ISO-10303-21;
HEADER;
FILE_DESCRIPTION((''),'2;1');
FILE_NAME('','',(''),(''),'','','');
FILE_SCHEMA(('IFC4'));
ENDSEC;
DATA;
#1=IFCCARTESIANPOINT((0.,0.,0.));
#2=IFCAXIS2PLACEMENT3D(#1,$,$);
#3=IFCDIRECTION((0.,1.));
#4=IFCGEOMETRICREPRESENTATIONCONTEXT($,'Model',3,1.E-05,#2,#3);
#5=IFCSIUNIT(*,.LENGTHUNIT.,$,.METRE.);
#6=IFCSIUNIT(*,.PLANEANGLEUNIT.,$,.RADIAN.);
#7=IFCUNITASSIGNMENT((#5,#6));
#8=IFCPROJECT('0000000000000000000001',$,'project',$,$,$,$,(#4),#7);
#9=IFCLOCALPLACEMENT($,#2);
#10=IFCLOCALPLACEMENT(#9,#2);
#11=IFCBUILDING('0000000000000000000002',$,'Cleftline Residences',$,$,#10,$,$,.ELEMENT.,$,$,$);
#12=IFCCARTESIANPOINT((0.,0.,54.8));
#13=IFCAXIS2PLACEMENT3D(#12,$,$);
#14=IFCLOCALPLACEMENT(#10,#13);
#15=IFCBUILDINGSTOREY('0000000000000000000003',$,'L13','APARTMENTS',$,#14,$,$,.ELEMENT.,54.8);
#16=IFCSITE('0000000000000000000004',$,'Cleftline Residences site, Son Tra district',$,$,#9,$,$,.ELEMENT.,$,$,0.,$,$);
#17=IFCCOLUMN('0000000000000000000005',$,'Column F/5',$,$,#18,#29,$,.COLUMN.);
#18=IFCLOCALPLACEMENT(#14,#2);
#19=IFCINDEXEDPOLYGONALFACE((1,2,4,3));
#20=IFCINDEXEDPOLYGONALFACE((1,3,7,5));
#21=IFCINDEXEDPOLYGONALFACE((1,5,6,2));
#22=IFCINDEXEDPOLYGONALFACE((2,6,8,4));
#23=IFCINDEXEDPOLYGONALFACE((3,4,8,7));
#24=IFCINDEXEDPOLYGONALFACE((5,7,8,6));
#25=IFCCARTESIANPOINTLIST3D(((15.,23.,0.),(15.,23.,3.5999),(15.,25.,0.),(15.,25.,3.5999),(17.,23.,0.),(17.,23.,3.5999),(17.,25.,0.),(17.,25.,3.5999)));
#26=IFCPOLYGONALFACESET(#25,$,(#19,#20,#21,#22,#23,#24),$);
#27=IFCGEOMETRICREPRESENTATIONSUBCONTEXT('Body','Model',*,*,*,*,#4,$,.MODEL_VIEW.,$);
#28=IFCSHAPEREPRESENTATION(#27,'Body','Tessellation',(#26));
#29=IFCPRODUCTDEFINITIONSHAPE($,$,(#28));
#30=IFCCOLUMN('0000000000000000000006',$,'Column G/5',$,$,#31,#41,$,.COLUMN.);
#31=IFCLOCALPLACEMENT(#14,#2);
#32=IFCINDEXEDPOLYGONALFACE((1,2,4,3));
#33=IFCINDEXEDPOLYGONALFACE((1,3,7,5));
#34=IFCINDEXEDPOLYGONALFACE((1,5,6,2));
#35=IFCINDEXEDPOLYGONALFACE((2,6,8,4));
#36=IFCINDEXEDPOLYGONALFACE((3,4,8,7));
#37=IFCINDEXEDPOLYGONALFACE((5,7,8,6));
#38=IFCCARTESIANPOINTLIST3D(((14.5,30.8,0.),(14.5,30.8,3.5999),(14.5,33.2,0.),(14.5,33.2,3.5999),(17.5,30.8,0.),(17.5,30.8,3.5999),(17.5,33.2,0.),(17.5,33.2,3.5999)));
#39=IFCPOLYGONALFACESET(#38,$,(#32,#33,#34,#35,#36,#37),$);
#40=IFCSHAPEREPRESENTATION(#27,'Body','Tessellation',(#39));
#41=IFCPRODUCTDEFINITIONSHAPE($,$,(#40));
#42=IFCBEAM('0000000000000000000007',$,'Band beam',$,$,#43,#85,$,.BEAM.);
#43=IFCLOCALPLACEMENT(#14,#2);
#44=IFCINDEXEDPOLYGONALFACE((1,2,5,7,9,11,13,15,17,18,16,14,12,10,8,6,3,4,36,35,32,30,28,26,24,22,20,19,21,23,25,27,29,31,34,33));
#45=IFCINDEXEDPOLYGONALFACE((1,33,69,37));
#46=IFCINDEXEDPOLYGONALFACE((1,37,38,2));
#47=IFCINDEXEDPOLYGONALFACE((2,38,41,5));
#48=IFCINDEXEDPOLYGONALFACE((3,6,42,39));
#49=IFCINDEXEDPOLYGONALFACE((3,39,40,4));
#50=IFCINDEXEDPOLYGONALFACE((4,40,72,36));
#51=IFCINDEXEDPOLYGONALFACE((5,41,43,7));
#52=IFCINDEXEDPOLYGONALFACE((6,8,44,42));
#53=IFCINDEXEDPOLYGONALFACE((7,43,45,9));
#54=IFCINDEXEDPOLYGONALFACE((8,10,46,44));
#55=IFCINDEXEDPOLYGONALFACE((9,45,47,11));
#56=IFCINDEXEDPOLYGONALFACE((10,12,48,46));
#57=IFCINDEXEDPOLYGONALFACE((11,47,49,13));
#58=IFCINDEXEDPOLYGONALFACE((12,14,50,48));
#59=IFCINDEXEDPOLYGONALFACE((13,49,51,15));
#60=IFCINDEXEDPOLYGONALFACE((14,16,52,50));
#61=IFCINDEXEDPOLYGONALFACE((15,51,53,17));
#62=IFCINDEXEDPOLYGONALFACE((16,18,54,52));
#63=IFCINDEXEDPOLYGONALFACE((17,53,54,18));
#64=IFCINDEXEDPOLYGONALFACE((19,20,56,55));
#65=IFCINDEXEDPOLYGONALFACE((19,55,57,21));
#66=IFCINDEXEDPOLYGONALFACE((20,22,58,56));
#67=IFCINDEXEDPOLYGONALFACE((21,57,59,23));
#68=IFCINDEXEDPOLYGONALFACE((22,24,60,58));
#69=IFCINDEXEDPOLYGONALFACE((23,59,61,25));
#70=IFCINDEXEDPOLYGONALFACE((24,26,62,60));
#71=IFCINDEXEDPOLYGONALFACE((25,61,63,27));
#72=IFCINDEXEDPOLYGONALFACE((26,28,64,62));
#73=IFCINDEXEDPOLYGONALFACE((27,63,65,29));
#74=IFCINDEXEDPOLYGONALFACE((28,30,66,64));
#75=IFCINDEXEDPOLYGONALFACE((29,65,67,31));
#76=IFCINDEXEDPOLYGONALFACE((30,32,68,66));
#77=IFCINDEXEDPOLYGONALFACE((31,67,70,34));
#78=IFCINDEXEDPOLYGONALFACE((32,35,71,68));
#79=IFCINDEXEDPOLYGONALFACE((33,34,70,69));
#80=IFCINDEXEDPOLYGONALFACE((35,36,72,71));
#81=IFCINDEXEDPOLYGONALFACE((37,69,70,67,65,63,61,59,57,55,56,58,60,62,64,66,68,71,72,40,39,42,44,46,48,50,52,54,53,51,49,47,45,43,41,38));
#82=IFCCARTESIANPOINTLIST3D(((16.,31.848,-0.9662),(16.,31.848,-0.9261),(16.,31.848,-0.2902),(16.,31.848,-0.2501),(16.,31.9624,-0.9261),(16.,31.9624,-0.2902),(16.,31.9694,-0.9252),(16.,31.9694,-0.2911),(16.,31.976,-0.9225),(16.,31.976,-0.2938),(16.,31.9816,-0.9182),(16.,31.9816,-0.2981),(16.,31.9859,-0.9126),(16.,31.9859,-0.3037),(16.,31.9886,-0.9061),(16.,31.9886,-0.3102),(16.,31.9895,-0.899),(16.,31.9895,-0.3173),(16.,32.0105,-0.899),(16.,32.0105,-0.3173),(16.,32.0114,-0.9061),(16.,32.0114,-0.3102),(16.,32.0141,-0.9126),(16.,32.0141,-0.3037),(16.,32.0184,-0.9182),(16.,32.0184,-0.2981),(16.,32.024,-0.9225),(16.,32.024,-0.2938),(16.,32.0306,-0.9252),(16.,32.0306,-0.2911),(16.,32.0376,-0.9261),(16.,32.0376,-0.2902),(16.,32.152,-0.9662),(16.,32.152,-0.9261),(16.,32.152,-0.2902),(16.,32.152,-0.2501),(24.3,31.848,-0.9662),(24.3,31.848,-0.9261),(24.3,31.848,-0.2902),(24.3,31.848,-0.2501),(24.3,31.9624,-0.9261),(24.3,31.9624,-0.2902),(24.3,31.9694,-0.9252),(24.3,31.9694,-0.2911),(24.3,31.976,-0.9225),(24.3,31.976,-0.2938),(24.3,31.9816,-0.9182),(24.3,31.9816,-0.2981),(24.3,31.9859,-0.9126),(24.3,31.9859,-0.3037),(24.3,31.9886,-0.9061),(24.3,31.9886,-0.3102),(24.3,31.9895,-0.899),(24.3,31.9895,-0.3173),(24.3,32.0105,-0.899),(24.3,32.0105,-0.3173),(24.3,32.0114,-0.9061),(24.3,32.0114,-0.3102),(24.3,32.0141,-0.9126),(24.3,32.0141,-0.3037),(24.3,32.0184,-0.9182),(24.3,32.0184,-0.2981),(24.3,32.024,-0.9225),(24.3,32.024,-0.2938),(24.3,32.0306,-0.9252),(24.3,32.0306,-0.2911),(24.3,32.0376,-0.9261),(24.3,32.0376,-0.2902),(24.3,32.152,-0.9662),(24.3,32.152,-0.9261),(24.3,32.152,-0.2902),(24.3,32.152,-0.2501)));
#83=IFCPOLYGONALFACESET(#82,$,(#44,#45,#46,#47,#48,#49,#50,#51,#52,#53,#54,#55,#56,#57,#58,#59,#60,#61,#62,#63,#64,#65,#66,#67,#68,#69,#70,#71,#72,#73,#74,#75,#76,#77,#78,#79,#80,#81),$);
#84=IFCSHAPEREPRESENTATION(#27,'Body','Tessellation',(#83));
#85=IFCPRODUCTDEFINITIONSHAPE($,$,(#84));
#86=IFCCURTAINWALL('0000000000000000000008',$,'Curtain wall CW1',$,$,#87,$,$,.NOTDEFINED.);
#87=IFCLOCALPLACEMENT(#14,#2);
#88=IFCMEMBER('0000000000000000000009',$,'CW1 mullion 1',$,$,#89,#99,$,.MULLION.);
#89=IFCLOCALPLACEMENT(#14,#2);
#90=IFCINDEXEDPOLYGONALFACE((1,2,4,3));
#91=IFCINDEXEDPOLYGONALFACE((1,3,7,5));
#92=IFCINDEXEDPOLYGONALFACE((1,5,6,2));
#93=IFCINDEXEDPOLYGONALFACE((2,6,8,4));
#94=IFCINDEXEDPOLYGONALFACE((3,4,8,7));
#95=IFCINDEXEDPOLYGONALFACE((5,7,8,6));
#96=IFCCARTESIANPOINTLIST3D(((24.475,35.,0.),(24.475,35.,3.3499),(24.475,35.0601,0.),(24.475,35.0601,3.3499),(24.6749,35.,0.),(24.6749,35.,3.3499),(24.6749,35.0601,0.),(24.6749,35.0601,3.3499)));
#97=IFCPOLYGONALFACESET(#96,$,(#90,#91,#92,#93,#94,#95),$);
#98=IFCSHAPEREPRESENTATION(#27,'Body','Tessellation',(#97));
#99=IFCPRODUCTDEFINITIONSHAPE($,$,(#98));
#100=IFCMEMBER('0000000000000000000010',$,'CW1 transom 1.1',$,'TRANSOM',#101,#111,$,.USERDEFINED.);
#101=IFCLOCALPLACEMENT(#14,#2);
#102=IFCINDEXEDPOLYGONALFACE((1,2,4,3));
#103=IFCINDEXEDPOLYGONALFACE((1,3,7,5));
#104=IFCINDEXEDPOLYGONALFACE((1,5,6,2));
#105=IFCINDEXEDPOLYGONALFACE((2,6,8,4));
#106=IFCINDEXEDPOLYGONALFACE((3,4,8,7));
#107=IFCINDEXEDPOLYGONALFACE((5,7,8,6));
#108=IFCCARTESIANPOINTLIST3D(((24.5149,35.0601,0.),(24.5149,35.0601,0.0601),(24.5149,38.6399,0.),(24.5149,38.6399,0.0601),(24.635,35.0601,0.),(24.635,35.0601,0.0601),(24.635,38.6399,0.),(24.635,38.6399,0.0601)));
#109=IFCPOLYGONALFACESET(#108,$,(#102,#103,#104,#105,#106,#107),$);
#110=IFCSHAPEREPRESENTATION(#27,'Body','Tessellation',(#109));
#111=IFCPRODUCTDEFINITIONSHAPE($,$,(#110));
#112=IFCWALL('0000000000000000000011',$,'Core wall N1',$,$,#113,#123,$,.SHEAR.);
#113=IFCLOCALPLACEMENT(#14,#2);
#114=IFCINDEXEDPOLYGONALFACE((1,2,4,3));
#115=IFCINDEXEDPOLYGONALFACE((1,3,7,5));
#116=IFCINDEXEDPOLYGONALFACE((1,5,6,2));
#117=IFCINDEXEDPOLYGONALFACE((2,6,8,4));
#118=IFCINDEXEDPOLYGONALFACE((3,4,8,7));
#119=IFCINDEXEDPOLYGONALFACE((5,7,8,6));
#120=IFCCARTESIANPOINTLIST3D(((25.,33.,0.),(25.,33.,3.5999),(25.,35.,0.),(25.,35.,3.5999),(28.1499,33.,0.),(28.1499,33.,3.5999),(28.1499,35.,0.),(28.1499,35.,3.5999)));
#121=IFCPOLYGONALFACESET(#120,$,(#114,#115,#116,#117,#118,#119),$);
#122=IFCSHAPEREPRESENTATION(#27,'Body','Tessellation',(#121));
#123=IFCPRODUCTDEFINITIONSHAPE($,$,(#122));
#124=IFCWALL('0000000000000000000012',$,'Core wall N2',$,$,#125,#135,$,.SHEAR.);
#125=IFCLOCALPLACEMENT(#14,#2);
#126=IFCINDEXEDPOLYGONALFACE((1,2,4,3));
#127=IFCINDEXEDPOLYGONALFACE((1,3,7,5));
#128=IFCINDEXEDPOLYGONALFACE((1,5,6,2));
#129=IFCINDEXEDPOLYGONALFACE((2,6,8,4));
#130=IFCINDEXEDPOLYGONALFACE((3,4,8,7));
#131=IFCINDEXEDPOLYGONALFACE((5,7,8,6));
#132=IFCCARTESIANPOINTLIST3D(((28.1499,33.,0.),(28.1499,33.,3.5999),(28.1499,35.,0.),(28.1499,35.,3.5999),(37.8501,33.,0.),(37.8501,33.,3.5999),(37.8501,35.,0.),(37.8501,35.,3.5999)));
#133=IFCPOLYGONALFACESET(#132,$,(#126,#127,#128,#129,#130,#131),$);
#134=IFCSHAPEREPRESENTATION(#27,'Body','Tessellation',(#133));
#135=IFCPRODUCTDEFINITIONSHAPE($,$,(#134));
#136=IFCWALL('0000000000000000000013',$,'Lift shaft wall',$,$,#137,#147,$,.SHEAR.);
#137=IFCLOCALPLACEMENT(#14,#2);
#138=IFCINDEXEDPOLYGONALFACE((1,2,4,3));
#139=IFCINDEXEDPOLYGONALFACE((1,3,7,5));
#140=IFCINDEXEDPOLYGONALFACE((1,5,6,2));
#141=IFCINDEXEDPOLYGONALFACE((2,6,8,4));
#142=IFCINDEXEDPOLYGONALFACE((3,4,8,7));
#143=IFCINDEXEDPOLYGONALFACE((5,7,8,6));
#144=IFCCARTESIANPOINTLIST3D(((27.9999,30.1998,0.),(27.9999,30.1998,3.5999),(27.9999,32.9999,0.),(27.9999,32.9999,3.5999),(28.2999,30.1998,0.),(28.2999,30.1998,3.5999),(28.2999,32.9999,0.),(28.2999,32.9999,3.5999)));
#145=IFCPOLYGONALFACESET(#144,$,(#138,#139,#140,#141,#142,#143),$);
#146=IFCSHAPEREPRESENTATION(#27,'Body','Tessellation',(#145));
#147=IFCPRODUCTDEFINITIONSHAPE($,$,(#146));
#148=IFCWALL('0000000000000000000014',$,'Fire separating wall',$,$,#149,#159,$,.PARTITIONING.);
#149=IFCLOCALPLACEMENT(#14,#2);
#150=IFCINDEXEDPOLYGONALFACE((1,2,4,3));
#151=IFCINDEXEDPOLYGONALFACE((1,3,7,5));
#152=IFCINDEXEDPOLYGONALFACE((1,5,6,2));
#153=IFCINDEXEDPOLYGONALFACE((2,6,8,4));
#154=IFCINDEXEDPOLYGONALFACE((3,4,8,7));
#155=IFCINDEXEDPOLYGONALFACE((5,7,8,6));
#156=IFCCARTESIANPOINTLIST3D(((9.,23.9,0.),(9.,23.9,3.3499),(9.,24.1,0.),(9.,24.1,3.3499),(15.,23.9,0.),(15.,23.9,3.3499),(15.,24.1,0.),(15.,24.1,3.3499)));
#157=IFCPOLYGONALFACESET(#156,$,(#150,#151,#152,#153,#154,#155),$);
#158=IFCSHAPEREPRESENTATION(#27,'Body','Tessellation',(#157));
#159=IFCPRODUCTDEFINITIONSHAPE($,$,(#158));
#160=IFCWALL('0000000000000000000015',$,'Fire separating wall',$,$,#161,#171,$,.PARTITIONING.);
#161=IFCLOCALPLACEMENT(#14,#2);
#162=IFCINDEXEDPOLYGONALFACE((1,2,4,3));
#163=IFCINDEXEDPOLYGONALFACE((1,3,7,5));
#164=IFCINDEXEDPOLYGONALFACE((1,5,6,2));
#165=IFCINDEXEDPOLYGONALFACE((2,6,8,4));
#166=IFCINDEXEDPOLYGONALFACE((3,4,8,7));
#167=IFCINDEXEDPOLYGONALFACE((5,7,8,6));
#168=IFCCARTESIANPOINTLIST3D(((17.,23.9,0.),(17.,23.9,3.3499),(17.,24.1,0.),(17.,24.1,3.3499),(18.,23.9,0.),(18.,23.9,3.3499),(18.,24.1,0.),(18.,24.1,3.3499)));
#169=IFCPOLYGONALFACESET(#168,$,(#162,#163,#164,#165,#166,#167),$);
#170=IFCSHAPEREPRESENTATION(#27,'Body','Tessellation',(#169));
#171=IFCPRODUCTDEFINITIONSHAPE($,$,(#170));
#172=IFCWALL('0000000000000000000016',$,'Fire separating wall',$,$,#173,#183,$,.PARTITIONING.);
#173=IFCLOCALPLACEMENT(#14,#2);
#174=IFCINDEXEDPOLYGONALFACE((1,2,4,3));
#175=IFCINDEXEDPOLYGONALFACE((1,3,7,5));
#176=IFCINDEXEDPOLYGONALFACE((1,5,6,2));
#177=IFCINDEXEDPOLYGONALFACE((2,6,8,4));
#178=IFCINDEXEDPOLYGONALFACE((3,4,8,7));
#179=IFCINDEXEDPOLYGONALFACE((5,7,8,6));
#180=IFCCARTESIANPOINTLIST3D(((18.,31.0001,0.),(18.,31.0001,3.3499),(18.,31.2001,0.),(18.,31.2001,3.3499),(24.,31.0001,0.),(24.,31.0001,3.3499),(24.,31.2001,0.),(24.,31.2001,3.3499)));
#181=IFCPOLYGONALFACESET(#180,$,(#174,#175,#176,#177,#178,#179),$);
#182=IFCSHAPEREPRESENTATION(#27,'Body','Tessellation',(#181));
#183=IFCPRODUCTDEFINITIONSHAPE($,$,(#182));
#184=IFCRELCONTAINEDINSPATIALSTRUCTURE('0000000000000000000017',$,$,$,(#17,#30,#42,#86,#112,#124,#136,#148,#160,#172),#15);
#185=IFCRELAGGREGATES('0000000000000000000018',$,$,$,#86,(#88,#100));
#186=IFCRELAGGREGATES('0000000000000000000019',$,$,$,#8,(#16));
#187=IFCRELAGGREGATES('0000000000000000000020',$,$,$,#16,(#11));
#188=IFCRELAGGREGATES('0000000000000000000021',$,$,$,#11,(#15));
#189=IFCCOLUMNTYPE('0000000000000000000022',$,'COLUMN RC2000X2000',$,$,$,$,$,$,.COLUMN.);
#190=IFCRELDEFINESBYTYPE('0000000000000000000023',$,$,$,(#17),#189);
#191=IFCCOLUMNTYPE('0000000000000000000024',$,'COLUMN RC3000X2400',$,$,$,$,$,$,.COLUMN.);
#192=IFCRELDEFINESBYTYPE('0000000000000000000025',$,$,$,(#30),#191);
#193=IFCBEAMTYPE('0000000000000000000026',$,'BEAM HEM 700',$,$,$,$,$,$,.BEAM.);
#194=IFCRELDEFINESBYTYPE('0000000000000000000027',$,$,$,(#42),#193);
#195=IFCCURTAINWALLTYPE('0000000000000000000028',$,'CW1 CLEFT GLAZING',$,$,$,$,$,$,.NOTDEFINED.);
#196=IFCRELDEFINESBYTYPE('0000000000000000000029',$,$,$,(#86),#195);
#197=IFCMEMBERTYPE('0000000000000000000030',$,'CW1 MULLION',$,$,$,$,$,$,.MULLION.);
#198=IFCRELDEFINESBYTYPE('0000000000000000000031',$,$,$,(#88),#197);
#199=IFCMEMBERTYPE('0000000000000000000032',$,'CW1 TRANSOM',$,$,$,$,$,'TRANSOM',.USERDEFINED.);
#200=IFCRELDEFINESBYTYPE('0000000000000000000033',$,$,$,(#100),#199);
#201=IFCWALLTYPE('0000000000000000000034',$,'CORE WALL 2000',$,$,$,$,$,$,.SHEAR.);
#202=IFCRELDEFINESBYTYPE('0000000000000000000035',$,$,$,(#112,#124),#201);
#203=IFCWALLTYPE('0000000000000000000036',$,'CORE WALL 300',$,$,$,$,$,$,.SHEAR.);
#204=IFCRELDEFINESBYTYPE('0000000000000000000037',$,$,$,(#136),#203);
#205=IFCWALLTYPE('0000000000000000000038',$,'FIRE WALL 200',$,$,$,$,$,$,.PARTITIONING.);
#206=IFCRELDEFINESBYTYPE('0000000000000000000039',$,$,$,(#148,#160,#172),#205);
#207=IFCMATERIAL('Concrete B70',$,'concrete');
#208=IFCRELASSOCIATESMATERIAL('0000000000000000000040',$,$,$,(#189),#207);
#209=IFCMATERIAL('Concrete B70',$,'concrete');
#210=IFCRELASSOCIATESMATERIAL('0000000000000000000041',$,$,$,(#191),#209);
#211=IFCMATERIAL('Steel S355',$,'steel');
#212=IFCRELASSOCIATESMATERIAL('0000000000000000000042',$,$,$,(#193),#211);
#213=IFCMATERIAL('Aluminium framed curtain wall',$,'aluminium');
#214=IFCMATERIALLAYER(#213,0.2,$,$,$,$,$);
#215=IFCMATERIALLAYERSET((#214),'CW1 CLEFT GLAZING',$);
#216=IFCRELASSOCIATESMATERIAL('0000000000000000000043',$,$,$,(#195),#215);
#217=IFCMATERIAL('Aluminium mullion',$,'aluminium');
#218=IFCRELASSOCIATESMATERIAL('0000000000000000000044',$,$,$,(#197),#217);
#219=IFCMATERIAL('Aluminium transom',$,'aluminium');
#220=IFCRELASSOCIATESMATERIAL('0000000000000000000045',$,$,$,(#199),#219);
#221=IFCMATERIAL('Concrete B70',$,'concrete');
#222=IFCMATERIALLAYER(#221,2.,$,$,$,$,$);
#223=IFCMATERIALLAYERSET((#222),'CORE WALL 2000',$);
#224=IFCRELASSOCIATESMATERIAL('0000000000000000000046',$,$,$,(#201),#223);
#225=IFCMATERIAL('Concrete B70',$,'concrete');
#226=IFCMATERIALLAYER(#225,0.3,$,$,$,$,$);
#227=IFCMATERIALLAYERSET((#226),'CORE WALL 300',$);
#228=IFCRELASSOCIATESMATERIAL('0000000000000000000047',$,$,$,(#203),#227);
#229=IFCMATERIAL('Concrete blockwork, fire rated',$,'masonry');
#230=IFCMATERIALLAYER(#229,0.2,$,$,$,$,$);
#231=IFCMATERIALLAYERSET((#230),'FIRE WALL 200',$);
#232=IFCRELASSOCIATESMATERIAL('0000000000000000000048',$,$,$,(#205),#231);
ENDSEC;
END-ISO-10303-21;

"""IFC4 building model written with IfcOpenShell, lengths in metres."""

from ifc_helpers import new_model, si_unit, direction, frame, frame_2d, origin, origin_2d, place, context, subcontext, project, spatial, rectangle, i_section, extrude, material, layer, layer_set, material_profile, profile_set, type_object, element, aggregate, save


model = new_model("IFC4")

# Units and contexts
model_context = context("Model", 3, precision=1e-05, world=origin(), true_north=direction((0.0, 1.0)))
body_context = subcontext(model_context, "Body", "Model", "MODEL_VIEW")
ifc_project = project(units=[si_unit("LENGTHUNIT", "METRE"), si_unit("PLANEANGLEUNIT", "RADIAN")], contexts=[model_context])

# Site, building, storey
site_placement = place(None, origin())
site = spatial("IfcSite", under=ifc_project, at=site_placement, Name="Cleftline Residences site, Son Tra district", CompositionType="ELEMENT", RefElevation=0.0)
building_placement = place(site_placement, origin())
building = spatial("IfcBuilding", under=site, at=building_placement, Name="Cleftline Residences", CompositionType="ELEMENT")
storey_placement = place(building_placement, frame((0.0, 0.0, 54.8)))
storey = spatial("IfcBuildingStorey", under=building, at=storey_placement, Name="L13", Description="APARTMENTS", CompositionType="ELEMENT", Elevation=54.8)

# Columns
ifc_material_1 = material(Name="Concrete B70", Category="concrete")
ifc_material_profile_1 = material_profile(ifc_material_1, rectangle(XDim=2.0, YDim=2.0, at=origin_2d()))
ifc_profile_set_1 = profile_set([ifc_material_profile_1], Name="Concrete B70")
column_type_1 = type_object("IfcColumnType", Name="COLUMN RC2000X2000", PredefinedType="COLUMN", material=ifc_profile_set_1)
column_1_placement = place(storey_placement, frame((16.0, 24.0, 0.0), z_axis=(0.0, 0.0, 1.0), x_axis=(1.0, 0.0, 0.0)))
element("IfcColumn", 1, at=column_1_placement, inside=storey, type_object=column_type_1, Name="Column F/5", PredefinedType="COLUMN", context=body_context, shape_type="SweptSolid", body=[
    extrude(rectangle(XDim=2.0, YDim=2.0, at=origin_2d()), origin(), (0.0, 0.0, 1.0), 3.5999),
])
ifc_material_2 = material(Name="Concrete B70", Category="concrete")
ifc_material_profile_2 = material_profile(ifc_material_2, rectangle(XDim=3.0, YDim=2.3999, at=origin_2d()))
ifc_profile_set_2 = profile_set([ifc_material_profile_2], Name="Concrete B70")
column_type_2 = type_object("IfcColumnType", Name="COLUMN RC3000X2400", PredefinedType="COLUMN", material=ifc_profile_set_2)
column_2_placement = place(storey_placement, frame((16.0, 32.0, 0.0), z_axis=(0.0, 0.0, 1.0), x_axis=(1.0, 0.0, 0.0)))
element("IfcColumn", 2, at=column_2_placement, inside=storey, type_object=column_type_2, Name="Column G/5", PredefinedType="COLUMN", context=body_context, shape_type="SweptSolid", body=[
    extrude(rectangle(XDim=3.0, YDim=2.3999, at=origin_2d()), origin(), (0.0, 0.0, 1.0), 3.5999),
])

# Beam
ifc_material_3 = material(Name="Steel S355", Category="steel")
ifc_material_profile_3 = material_profile(ifc_material_3, i_section(OverallWidth=0.304, OverallDepth=0.7161, WebThickness=0.021, FlangeThickness=0.04, FilletRadius=0.0271, at=origin_2d()))
ifc_profile_set_3 = profile_set([ifc_material_profile_3], Name="Steel S355")
beam_type = type_object("IfcBeamType", Name="BEAM HEM 700", PredefinedType="BEAM", material=ifc_profile_set_3)
beam_placement = place(storey_placement, frame((16.0, 32.0, -0.6082), z_axis=(1.0, 0.0, 0.0), x_axis=(0.0, 1.0, 0.0)))
element("IfcBeam", 3, at=beam_placement, inside=storey, type_object=beam_type, Name="Band beam", PredefinedType="BEAM", context=body_context, shape_type="SweptSolid", body=[
    extrude(i_section(OverallWidth=0.304, OverallDepth=0.7161, WebThickness=0.021, FlangeThickness=0.04, FilletRadius=0.0271, at=origin_2d()), origin(), (0.0, 0.0, 1.0), 8.3),
])

# Curtain wall, members
ifc_material_4 = material(Name="Aluminium framed curtain wall", Category="aluminium")
ifc_layer_1 = layer(ifc_material_4, 0.2)
ifc_layer_set_1 = layer_set([ifc_layer_1], Name="CW1 CLEFT GLAZING")
curtain_wall_type = type_object("IfcCurtainWallType", Name="CW1 CLEFT GLAZING", PredefinedType="NOTDEFINED", material=ifc_layer_set_1)
curtain_wall_placement = place(storey_placement, origin())
curtain_wall = element("IfcCurtainWall", 4, at=curtain_wall_placement, inside=storey, type_object=curtain_wall_type, Name="Curtain wall CW1", PredefinedType="NOTDEFINED")
ifc_material_5 = material(Name="Aluminium mullion", Category="aluminium")
ifc_material_profile_4 = material_profile(ifc_material_5, rectangle(XDim=0.2, YDim=0.0601, at=origin_2d()))
ifc_profile_set_4 = profile_set([ifc_material_profile_4], Name="Aluminium mullion")
member_type_1 = type_object("IfcMemberType", Name="CW1 MULLION", PredefinedType="MULLION", material=ifc_profile_set_4)
member_1_placement = place(storey_placement, frame((24.575, 35.03, 0.0), z_axis=(0.0, 0.0, 1.0), x_axis=(-1.0, 0.0, 0.0)))
member_1 = element("IfcMember", 5, at=member_1_placement, type_object=member_type_1, Name="CW1 mullion 1", PredefinedType="MULLION", context=body_context, shape_type="SweptSolid", body=[
    extrude(rectangle(XDim=0.2, YDim=0.0601, at=origin_2d()), origin(), (0.0, 0.0, 1.0), 3.3499),
])
ifc_material_6 = material(Name="Aluminium transom", Category="aluminium")
ifc_material_profile_5 = material_profile(ifc_material_6, rectangle(XDim=0.1201, YDim=0.0601, at=origin_2d()))
ifc_profile_set_5 = profile_set([ifc_material_profile_5], Name="Aluminium transom")
member_type_2 = type_object("IfcMemberType", Name="CW1 TRANSOM", ElementType="TRANSOM", PredefinedType="USERDEFINED", material=ifc_profile_set_5)
member_2_placement = place(storey_placement, frame((24.575, 35.0601, 0.03), z_axis=(0.0, 1.0, 0.0), x_axis=(-1.0, 0.0, 0.0)))
member_2 = element("IfcMember", 6, at=member_2_placement, type_object=member_type_2, Name="CW1 transom 1.1", ObjectType="TRANSOM", PredefinedType="USERDEFINED", context=body_context, shape_type="SweptSolid", body=[
    extrude(rectangle(XDim=0.1201, YDim=0.0601, at=origin_2d()), origin(), (0.0, 0.0, 1.0), 3.5798),
])
aggregate(curtain_wall, [member_1, member_2])

# Walls
ifc_material_7 = material(Name="Concrete B70", Category="concrete")
ifc_layer_2 = layer(ifc_material_7, 2.0)
ifc_layer_set_2 = layer_set([ifc_layer_2], Name="CORE WALL 2000")
wall_type_1 = type_object("IfcWallType", Name="CORE WALL 2000", PredefinedType="SHEAR", material=ifc_layer_set_2)
wall_1_placement = place(storey_placement, frame((25.0, 34.0, 0.0), z_axis=(0.0, 0.0, 1.0), x_axis=(1.0, 0.0, 0.0)))
element("IfcWall", 7, at=wall_1_placement, inside=storey, type_object=wall_type_1, Name="Core wall N1", PredefinedType="SHEAR", context=body_context, shape_type="SweptSolid", body=[
    extrude(rectangle(XDim=3.1499, YDim=2.0, at=frame_2d((1.575, 0.0))), origin(), (0.0, 0.0, 1.0), 3.5999),
])
wall_2_placement = place(storey_placement, frame((28.1499, 34.0, 0.0), z_axis=(0.0, 0.0, 1.0), x_axis=(1.0, 0.0, 0.0)))
element("IfcWall", 8, at=wall_2_placement, inside=storey, type_object=wall_type_1, Name="Core wall N2", PredefinedType="SHEAR", context=body_context, shape_type="SweptSolid", body=[
    extrude(rectangle(XDim=9.7002, YDim=2.0, at=frame_2d((4.8501, 0.0))), origin(), (0.0, 0.0, 1.0), 3.5999),
])
ifc_material_8 = material(Name="Concrete B70", Category="concrete")
ifc_layer_3 = layer(ifc_material_8, 0.3)
ifc_layer_set_3 = layer_set([ifc_layer_3], Name="CORE WALL 300")
wall_type_2 = type_object("IfcWallType", Name="CORE WALL 300", PredefinedType="SHEAR", material=ifc_layer_set_3)
wall_3_placement = place(storey_placement, frame((28.1499, 30.2, 0.0), z_axis=(0.0, 0.0, 1.0), x_axis=(0.0, 1.0, 0.0)))
element("IfcWall", 9, at=wall_3_placement, inside=storey, type_object=wall_type_2, Name="Lift shaft wall", PredefinedType="SHEAR", context=body_context, shape_type="SweptSolid", body=[
    extrude(rectangle(XDim=2.8, YDim=0.3, at=frame_2d((1.3999, 0.0))), origin(), (0.0, 0.0, 1.0), 3.5999),
])
ifc_material_9 = material(Name="Concrete blockwork, fire rated", Category="masonry")
ifc_layer_4 = layer(ifc_material_9, 0.2)
ifc_layer_set_4 = layer_set([ifc_layer_4], Name="FIRE WALL 200")
wall_type_3 = type_object("IfcWallType", Name="FIRE WALL 200", PredefinedType="PARTITIONING", material=ifc_layer_set_4)
wall_4_placement = place(storey_placement, frame((9.0, 24.0, 0.0), z_axis=(0.0, 0.0, 1.0), x_axis=(1.0, 0.0, 0.0)))
element("IfcWall", 10, at=wall_4_placement, inside=storey, type_object=wall_type_3, Name="Fire separating wall", PredefinedType="PARTITIONING", context=body_context, shape_type="SweptSolid", body=[
    extrude(rectangle(XDim=6.0, YDim=0.2, at=frame_2d((3.0, 0.0))), origin(), (0.0, 0.0, 1.0), 3.3499),
])
wall_5_placement = place(storey_placement, frame((17.0, 24.0, 0.0), z_axis=(0.0, 0.0, 1.0), x_axis=(1.0, 0.0, 0.0)))
element("IfcWall", 11, at=wall_5_placement, inside=storey, type_object=wall_type_3, Name="Fire separating wall", PredefinedType="PARTITIONING", context=body_context, shape_type="SweptSolid", body=[
    extrude(rectangle(XDim=1.0, YDim=0.2, at=frame_2d((0.5, 0.0))), origin(), (0.0, 0.0, 1.0), 3.3499),
])
wall_6_placement = place(storey_placement, frame((18.0, 31.1001, 0.0), z_axis=(0.0, 0.0, 1.0), x_axis=(1.0, 0.0, 0.0)))
element("IfcWall", 12, at=wall_6_placement, inside=storey, type_object=wall_type_3, Name="Fire separating wall", PredefinedType="PARTITIONING", context=body_context, shape_type="SweptSolid", body=[
    extrude(rectangle(XDim=6.0, YDim=0.2, at=frame_2d((3.0, 0.0))), origin(), (0.0, 0.0, 1.0), 3.3499),
])

save(model, "model.ifc")
